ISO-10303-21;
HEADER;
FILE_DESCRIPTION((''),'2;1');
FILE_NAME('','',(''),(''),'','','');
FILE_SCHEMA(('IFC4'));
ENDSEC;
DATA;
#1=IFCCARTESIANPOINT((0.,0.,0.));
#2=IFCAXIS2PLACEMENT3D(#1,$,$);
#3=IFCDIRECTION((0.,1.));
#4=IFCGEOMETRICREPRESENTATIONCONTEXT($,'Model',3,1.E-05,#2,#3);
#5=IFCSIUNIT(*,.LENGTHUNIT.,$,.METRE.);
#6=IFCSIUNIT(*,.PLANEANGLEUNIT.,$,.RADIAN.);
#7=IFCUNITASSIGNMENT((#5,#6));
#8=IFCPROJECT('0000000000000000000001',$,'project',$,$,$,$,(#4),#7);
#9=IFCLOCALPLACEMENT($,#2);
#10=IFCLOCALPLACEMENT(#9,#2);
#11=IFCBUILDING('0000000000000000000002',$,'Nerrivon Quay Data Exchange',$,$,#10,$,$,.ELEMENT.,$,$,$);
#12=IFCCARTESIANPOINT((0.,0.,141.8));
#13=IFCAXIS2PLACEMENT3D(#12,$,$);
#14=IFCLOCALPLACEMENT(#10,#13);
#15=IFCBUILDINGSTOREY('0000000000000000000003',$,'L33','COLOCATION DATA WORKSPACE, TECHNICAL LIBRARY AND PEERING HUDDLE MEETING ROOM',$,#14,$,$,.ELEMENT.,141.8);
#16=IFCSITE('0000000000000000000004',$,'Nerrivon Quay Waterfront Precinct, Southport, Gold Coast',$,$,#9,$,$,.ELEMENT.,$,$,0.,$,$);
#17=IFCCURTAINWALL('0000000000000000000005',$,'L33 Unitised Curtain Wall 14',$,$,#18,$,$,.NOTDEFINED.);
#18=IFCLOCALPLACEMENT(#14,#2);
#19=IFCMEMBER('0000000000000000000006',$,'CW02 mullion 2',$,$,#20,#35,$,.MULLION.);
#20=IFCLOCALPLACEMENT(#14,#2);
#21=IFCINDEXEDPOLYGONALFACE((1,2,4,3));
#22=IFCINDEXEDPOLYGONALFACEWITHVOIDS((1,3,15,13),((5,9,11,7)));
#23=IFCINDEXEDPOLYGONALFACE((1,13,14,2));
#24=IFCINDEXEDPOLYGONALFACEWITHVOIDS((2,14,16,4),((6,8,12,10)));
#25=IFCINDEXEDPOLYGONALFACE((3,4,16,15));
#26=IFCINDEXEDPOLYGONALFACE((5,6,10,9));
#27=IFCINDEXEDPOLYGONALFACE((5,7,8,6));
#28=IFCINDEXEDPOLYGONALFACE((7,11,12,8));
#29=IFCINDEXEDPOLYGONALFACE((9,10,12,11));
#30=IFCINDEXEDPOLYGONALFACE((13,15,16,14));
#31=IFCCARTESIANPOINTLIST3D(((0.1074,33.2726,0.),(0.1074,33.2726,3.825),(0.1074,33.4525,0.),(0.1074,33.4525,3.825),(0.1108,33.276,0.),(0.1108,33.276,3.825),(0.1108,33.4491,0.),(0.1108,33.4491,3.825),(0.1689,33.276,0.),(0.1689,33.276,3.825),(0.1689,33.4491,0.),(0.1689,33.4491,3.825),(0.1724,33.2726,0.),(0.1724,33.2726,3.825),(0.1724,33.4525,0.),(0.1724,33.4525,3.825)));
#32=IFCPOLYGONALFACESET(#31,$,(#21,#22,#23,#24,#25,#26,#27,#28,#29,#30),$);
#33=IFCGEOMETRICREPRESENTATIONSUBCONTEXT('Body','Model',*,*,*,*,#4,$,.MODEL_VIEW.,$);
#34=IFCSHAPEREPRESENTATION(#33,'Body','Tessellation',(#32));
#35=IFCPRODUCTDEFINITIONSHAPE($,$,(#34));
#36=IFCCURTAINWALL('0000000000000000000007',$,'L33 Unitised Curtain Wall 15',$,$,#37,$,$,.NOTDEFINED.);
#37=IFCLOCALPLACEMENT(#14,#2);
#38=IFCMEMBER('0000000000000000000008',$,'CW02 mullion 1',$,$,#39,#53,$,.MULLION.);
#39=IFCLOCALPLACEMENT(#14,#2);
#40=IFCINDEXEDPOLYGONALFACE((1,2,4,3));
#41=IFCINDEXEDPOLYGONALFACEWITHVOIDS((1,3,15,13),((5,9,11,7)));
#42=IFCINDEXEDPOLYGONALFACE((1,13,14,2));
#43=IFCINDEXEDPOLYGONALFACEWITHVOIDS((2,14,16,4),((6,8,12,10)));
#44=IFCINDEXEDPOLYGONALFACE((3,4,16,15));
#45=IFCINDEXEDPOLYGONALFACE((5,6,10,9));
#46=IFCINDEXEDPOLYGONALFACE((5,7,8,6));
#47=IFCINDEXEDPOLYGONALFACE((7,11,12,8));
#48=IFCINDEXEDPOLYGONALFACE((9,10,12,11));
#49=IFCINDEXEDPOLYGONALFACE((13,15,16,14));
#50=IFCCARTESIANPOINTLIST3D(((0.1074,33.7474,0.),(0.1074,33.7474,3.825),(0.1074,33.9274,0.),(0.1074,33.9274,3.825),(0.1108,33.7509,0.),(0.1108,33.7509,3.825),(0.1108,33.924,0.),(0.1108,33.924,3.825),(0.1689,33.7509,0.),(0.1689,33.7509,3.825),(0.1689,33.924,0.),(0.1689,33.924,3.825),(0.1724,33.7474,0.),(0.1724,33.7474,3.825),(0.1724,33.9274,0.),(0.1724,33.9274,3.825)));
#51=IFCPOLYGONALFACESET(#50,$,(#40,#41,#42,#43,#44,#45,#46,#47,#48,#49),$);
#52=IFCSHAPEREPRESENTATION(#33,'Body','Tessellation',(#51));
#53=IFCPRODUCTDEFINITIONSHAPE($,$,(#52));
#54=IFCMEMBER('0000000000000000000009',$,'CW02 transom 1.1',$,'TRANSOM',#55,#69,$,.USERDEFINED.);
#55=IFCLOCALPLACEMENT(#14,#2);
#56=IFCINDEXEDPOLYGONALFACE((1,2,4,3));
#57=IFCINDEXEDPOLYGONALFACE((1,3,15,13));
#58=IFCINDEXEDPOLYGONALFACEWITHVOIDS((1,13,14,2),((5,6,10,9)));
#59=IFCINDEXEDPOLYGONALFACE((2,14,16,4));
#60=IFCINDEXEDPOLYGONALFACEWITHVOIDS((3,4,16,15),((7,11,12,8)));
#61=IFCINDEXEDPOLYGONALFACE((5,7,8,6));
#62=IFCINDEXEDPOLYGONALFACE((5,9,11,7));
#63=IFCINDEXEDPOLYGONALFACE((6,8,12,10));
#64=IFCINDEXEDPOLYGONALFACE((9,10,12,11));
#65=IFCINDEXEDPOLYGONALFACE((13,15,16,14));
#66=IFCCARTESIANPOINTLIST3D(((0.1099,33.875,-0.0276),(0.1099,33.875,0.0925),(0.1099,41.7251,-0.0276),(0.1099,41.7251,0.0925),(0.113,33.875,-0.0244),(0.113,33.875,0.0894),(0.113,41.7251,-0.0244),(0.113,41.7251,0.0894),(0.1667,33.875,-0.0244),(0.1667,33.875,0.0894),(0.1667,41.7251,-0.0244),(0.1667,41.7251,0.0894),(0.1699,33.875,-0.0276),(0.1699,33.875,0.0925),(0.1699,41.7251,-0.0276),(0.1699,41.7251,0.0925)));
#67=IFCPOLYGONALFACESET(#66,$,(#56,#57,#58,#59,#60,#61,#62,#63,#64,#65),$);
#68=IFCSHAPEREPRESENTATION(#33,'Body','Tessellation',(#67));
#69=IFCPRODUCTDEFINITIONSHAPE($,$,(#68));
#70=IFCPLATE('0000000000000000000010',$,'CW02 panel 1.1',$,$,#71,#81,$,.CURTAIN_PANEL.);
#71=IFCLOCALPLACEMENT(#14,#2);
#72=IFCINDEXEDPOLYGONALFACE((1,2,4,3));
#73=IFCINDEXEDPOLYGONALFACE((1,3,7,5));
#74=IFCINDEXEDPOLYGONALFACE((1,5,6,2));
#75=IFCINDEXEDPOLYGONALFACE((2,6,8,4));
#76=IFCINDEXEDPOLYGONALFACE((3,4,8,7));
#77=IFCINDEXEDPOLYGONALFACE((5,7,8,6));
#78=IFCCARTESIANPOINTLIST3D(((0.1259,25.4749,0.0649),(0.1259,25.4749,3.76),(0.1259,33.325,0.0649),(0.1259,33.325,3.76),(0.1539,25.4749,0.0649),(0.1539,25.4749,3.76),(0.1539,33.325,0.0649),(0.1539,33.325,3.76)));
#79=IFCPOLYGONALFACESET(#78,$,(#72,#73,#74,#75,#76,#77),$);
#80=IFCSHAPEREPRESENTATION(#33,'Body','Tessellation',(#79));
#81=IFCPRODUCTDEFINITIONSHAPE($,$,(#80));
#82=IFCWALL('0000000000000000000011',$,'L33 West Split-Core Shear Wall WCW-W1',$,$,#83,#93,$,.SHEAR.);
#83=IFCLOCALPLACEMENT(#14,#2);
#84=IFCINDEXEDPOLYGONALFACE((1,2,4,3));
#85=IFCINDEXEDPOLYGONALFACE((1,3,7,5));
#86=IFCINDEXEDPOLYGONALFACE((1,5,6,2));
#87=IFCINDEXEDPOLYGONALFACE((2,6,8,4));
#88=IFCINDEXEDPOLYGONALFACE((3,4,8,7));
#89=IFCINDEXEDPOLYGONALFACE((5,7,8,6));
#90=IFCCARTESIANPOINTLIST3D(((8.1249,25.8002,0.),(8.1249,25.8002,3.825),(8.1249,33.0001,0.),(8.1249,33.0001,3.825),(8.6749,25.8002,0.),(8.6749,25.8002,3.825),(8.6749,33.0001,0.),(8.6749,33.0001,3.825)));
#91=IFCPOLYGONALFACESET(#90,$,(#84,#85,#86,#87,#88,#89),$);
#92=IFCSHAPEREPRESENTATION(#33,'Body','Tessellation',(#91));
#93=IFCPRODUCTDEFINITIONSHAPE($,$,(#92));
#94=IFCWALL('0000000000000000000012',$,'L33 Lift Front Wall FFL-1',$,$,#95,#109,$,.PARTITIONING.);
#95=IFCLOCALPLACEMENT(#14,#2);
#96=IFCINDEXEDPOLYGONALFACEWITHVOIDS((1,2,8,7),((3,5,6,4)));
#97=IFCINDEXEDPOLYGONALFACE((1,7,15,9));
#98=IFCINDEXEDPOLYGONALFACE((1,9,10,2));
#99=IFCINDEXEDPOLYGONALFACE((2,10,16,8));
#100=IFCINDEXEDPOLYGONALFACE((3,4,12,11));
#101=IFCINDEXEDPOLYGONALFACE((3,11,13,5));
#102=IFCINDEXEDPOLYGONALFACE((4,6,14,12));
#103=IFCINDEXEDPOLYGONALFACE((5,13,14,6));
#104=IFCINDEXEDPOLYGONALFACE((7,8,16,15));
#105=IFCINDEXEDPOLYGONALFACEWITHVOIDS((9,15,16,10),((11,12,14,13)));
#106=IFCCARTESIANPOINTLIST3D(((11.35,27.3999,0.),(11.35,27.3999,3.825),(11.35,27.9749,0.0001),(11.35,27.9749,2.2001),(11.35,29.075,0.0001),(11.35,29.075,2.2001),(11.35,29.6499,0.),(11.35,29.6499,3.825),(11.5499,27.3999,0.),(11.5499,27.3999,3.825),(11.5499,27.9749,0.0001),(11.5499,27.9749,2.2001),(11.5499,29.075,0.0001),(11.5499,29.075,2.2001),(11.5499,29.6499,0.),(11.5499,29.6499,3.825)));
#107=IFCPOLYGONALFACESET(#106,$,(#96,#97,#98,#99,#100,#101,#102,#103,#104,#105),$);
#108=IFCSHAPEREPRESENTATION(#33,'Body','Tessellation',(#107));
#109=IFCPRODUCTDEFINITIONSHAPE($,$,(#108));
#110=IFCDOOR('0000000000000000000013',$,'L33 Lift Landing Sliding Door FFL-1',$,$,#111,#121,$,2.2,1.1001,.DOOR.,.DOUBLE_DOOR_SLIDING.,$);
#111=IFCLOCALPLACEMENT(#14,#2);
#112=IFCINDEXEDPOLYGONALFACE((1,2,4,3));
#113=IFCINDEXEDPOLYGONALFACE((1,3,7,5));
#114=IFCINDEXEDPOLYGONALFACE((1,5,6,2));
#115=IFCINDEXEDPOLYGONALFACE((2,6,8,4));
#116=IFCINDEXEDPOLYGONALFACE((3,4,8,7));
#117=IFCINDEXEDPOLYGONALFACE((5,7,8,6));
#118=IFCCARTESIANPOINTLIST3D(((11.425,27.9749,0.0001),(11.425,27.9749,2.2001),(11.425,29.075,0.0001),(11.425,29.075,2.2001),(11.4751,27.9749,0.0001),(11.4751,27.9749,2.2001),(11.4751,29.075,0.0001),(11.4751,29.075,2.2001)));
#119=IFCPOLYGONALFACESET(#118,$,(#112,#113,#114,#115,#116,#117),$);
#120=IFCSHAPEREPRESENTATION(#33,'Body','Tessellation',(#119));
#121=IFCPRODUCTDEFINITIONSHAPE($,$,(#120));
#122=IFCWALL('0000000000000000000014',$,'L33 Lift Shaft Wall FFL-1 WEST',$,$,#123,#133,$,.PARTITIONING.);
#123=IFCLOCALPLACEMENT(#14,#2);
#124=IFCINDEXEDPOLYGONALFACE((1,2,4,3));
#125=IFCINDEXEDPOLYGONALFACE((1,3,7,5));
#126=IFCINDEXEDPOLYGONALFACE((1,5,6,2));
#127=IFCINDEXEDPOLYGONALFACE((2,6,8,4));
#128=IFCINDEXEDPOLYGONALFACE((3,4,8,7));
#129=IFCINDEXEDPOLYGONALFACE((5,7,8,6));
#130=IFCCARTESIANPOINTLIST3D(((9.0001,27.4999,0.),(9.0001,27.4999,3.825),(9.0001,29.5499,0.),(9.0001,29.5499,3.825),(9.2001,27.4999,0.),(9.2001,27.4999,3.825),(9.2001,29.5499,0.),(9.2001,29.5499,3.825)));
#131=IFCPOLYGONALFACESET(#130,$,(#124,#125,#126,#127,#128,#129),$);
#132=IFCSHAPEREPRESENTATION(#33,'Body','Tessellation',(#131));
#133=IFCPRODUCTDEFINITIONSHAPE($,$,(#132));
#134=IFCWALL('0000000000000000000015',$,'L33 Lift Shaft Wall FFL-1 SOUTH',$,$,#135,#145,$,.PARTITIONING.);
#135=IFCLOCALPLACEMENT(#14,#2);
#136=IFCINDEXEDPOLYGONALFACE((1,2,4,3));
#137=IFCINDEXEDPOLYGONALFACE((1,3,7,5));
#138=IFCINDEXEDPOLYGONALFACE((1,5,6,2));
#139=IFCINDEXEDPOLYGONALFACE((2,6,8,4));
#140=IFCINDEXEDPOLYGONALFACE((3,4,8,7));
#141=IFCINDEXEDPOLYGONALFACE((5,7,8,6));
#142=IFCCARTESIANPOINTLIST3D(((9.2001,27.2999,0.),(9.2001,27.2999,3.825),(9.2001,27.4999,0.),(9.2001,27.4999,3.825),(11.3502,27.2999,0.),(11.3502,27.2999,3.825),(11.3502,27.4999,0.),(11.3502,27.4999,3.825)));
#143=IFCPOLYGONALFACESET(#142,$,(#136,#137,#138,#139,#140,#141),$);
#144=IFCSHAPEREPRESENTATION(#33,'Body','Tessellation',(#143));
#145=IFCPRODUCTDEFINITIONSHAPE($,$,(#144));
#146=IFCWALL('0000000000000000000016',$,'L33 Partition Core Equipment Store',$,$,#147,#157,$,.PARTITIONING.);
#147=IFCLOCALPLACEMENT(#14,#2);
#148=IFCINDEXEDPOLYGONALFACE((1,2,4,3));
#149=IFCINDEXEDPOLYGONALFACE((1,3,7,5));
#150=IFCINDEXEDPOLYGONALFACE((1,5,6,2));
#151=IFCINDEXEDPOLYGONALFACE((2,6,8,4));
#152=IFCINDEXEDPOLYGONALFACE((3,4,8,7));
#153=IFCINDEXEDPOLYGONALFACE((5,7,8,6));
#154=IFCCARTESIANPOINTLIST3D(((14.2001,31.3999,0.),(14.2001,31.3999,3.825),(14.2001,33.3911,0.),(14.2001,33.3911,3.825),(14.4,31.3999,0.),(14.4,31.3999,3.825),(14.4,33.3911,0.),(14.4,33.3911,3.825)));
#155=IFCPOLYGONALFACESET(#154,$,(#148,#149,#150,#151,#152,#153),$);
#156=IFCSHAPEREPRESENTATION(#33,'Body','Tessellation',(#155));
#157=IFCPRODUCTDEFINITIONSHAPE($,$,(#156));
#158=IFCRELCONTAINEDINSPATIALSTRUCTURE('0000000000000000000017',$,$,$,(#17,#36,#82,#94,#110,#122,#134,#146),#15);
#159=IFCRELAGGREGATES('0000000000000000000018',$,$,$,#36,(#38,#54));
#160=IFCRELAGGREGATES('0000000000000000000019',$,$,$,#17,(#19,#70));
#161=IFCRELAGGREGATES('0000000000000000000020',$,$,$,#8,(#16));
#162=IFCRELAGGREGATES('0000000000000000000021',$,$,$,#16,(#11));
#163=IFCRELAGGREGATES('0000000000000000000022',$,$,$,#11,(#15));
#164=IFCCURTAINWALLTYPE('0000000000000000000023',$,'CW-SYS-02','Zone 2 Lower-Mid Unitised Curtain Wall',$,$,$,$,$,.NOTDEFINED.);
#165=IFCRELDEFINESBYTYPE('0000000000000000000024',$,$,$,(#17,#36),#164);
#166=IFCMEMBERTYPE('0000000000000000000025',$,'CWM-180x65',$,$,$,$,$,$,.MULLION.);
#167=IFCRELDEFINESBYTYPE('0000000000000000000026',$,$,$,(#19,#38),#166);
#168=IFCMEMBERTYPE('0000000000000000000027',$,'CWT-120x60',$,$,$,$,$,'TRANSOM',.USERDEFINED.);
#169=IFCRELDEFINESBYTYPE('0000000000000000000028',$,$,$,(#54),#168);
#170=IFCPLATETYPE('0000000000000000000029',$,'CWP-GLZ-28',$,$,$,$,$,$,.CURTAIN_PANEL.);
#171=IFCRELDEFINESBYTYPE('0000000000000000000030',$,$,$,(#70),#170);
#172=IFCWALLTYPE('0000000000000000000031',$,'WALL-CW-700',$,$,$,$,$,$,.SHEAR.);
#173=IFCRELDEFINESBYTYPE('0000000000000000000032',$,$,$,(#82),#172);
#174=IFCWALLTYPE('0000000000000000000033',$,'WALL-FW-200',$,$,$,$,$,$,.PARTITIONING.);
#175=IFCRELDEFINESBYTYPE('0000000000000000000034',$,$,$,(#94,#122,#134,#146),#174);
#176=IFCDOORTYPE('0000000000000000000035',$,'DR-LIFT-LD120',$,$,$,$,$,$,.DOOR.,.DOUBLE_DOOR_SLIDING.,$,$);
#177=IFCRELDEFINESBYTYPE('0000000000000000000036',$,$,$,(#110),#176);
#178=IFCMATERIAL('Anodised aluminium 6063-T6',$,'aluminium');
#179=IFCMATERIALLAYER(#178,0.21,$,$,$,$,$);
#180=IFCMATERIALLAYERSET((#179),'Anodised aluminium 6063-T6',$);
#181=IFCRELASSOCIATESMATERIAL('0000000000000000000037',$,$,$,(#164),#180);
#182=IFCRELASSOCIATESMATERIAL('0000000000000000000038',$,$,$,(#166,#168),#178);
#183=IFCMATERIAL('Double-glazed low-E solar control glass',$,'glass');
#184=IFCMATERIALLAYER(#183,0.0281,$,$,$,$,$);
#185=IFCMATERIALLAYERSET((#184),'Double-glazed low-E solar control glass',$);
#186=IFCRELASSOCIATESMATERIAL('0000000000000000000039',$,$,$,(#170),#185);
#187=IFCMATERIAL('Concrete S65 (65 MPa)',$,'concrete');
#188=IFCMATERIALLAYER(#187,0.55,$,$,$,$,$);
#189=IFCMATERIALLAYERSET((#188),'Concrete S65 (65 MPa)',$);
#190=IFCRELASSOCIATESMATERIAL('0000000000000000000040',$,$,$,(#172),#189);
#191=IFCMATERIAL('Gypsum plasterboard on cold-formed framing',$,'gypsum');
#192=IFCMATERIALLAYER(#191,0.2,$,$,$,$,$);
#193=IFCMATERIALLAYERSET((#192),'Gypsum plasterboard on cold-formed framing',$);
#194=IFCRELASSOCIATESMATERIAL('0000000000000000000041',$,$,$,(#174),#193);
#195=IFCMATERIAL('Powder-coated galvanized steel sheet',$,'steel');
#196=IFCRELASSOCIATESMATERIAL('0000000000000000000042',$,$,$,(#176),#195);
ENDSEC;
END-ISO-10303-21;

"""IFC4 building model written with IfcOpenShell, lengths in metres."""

from ifc_helpers import new_model, si_unit, direction, frame, frame_2d, origin, origin_2d, place, context, subcontext, project, spatial, rectangle, hollow_rectangle, extrude, material, layer, layer_set, material_profile, profile_set, type_object, element, fill, aggregate, save


model = new_model("IFC4")

# Units and contexts
model_context = context("Model", 3, precision=1e-05, world=origin(), true_north=direction((0.0, 1.0)))
body_context = subcontext(model_context, "Body", "Model", "MODEL_VIEW")
ifc_project = project(units=[si_unit("LENGTHUNIT", "METRE"), si_unit("PLANEANGLEUNIT", "RADIAN")], contexts=[model_context])

# Site, building, storey
site_placement = place(None, origin())
site = spatial("IfcSite", under=ifc_project, at=site_placement, Name="Nerrivon Quay Waterfront Precinct, Southport, Gold Coast", CompositionType="ELEMENT", RefElevation=0.0)
building_placement = place(site_placement, origin())
building = spatial("IfcBuilding", under=site, at=building_placement, Name="Nerrivon Quay Data Exchange", CompositionType="ELEMENT")
storey_placement = place(building_placement, frame((0.0, 0.0, 141.8)))
storey = spatial("IfcBuildingStorey", under=building, at=storey_placement, Name="L33", Description="COLOCATION DATA WORKSPACE, TECHNICAL LIBRARY AND PEERING HUDDLE MEETING ROOM", CompositionType="ELEMENT", Elevation=141.8)

# Shared definitions
ifc_material_1 = material(Name="Concrete S65 (65 MPa)", Category="concrete")

# Curtain wall, member
ifc_material_2 = material(Name="Anodised aluminium 6063-T6", Category="aluminium")
ifc_layer_1 = layer(ifc_material_2, 0.21)
ifc_layer_set_1 = layer_set([ifc_layer_1], Name="Anodised aluminium 6063-T6")
curtain_wall_type = type_object("IfcCurtainWallType", Name="CW-SYS-02", Description="Zone 2 Lower-Mid Unitised Curtain Wall", PredefinedType="NOTDEFINED", material=ifc_layer_set_1)
curtain_wall_1_placement = place(storey_placement, origin())
curtain_wall_1 = element("IfcCurtainWall", 1, at=curtain_wall_1_placement, inside=storey, type_object=curtain_wall_type, Name="L33 Unitised Curtain Wall 14", PredefinedType="NOTDEFINED")
ifc_material_profile_1 = material_profile(ifc_material_2, hollow_rectangle(XDim=0.0649, YDim=0.1799, WallThickness=0.0034, at=origin_2d()), Name="ALU-MULL-180x65")
ifc_profile_set_1 = profile_set([ifc_material_profile_1], Name="Anodised aluminium 6063-T6")
member_type_1 = type_object("IfcMemberType", Name="CWM-180x65", PredefinedType="MULLION", material=ifc_profile_set_1)
member_1_placement = place(storey_placement, frame((0.1399, 33.3625, 0.0), z_axis=(0.0, 0.0, 1.0), x_axis=(-1.0, 0.0, 0.0)))
member_1 = element("IfcMember", 2, at=member_1_placement, type_object=member_type_1, Name="CW02 mullion 2", PredefinedType="MULLION", context=body_context, shape_type="SweptSolid", body=[
    extrude(hollow_rectangle(XDim=0.0649, YDim=0.1799, WallThickness=0.0034, at=origin_2d()), origin(), (0.0, 0.0, 1.0), 3.825),
])

# Curtain wall, members
curtain_wall_2_placement = place(storey_placement, origin())
curtain_wall_2 = element("IfcCurtainWall", 3, at=curtain_wall_2_placement, inside=storey, type_object=curtain_wall_type, Name="L33 Unitised Curtain Wall 15", PredefinedType="NOTDEFINED")
member_2_placement = place(storey_placement, frame((0.1399, 33.8374, 0.0), z_axis=(0.0, 0.0, 1.0), x_axis=(-1.0, 0.0, 0.0)))
member_2 = element("IfcMember", 4, at=member_2_placement, type_object=member_type_1, Name="CW02 mullion 1", PredefinedType="MULLION", context=body_context, shape_type="SweptSolid", body=[
    extrude(hollow_rectangle(XDim=0.0649, YDim=0.1799, WallThickness=0.0034, at=origin_2d()), origin(), (0.0, 0.0, 1.0), 3.825),
])
ifc_material_profile_2 = material_profile(ifc_material_2, hollow_rectangle(XDim=0.0601, YDim=0.1201, WallThickness=0.0032, at=origin_2d()), Name="ALU-TRAN-120x60")
ifc_profile_set_2 = profile_set([ifc_material_profile_2], Name="Anodised aluminium 6063-T6")
member_type_2 = type_object("IfcMemberType", Name="CWT-120x60", ElementType="TRANSOM", PredefinedType="USERDEFINED", material=ifc_profile_set_2)
member_3_placement = place(storey_placement, frame((0.1399, 33.875, 0.0325), z_axis=(0.0, 1.0, 0.0), x_axis=(-1.0, 0.0, 0.0)))
member_3 = element("IfcMember", 5, at=member_3_placement, type_object=member_type_2, Name="CW02 transom 1.1", ObjectType="TRANSOM", PredefinedType="USERDEFINED", context=body_context, shape_type="SweptSolid", body=[
    extrude(hollow_rectangle(XDim=0.0601, YDim=0.1201, WallThickness=0.0032, at=origin_2d()), origin(), (0.0, 0.0, 1.0), 7.8501),
])
aggregate(curtain_wall_2, [member_2, member_3])

# Plate
ifc_material_3 = material(Name="Double-glazed low-E solar control glass", Category="glass")
ifc_layer_2 = layer(ifc_material_3, 0.0281)
ifc_layer_set_2 = layer_set([ifc_layer_2], Name="Double-glazed low-E solar control glass")
plate_type = type_object("IfcPlateType", Name="CWP-GLZ-28", PredefinedType="CURTAIN_PANEL", material=ifc_layer_set_2)
plate_placement = place(storey_placement, frame((0.1399, 29.3999, 0.0649), z_axis=(0.0, 0.0, 1.0), x_axis=(0.0, 1.0, 0.0)))
plate = element("IfcPlate", 6, at=plate_placement, type_object=plate_type, Name="CW02 panel 1.1", PredefinedType="CURTAIN_PANEL", context=body_context, shape_type="SweptSolid", body=[
    extrude(rectangle(XDim=7.8501, YDim=0.0281, at=origin_2d()), origin(), (0.0, 0.0, 1.0), 3.6951),
])
aggregate(curtain_wall_1, [member_1, plate])

# Wall
ifc_layer_3 = layer(ifc_material_1, 0.55)
ifc_layer_set_3 = layer_set([ifc_layer_3], Name="Concrete S65 (65 MPa)")
wall_type_1 = type_object("IfcWallType", Name="WALL-CW-700", PredefinedType="SHEAR", material=ifc_layer_set_3)
wall_1_placement = place(storey_placement, frame((8.3999, 25.8, 0.0), z_axis=(0.0, 0.0, 1.0), x_axis=(0.0, 1.0, 0.0)))
element("IfcWall", 7, at=wall_1_placement, inside=storey, type_object=wall_type_1, Name="L33 West Split-Core Shear Wall WCW-W1", PredefinedType="SHEAR", context=body_context, shape_type="SweptSolid", body=[
    extrude(rectangle(XDim=7.2, YDim=0.55, at=frame_2d((3.6001, 0.0))), origin(), (0.0, 0.0, 1.0), 3.825),
])

# Wall, opening, door
ifc_material_4 = material(Name="Gypsum plasterboard on cold-formed framing", Category="gypsum")
ifc_layer_4 = layer(ifc_material_4, 0.2)
ifc_layer_set_4 = layer_set([ifc_layer_4], Name="Gypsum plasterboard on cold-formed framing")
wall_type_2 = type_object("IfcWallType", Name="WALL-FW-200", PredefinedType="PARTITIONING", material=ifc_layer_set_4)
wall_2_placement = place(storey_placement, frame((11.45, 27.3999, 0.0), z_axis=(0.0, 0.0, 1.0), x_axis=(0.0, 1.0, 0.0)))
wall_2 = element("IfcWall", 8, at=wall_2_placement, inside=storey, type_object=wall_type_2, Name="L33 Lift Front Wall FFL-1", PredefinedType="PARTITIONING", context=body_context, shape_type="SweptSolid", body=[
    extrude(rectangle(XDim=2.25, YDim=0.2, at=frame_2d((1.125, 0.0))), origin(), (0.0, 0.0, 1.0), 3.825),
])
opening_1_placement = place(wall_2_placement, frame((0.575, 0.0, 0.0)))
opening_1 = element("IfcOpeningElement", 9, at=opening_1_placement, cuts=wall_2, PredefinedType="OPENING", context=body_context, shape_type="SweptSolid", body=[
    extrude(rectangle(XDim=1.1001, YDim=2.2, at=frame_2d((0.55, 1.1001))), frame((0.0, 0.1099, 0.0), z_axis=(0.0, -1.0, 0.0), x_axis=(1.0, 0.0, 0.0)), (0.0, 0.0, 1.0), 0.22),
])
ifc_material_5 = material(Name="Powder-coated galvanized steel sheet", Category="steel")
door_type_1 = type_object("IfcDoorType", Name="DR-LIFT-LD120", OperationType="DOUBLE_DOOR_SLIDING", PredefinedType="DOOR", material=ifc_material_5)
door_1_placement = place(opening_1_placement, origin())
door_1 = element("IfcDoor", 10, at=door_1_placement, inside=storey, type_object=door_type_1, Name="L33 Lift Landing Sliding Door FFL-1", OperationType="DOUBLE_DOOR_SLIDING", OverallHeight=2.2, OverallWidth=1.1001, PredefinedType="DOOR", context=body_context, shape_type="SweptSolid", body=[
    extrude(rectangle(XDim=1.1001, YDim=2.2, at=frame_2d((0.55, 1.1001))), frame((0.0, 0.0249, 0.0), z_axis=(0.0, -1.0, 0.0), x_axis=(1.0, 0.0, 0.0)), (0.0, 0.0, 1.0), 0.05),
])
fill(opening_1, door_1)

# Walls
wall_3_placement = place(storey_placement, frame((9.1001, 27.5, 0.0), z_axis=(0.0, 0.0, 1.0), x_axis=(0.0, 1.0, 0.0)))
element("IfcWall", 11, at=wall_3_placement, inside=storey, type_object=wall_type_2, Name="L33 Lift Shaft Wall FFL-1 WEST", PredefinedType="PARTITIONING", context=body_context, shape_type="SweptSolid", body=[
    extrude(rectangle(XDim=2.05, YDim=0.2, at=frame_2d((1.0249, 0.0))), origin(), (0.0, 0.0, 1.0), 3.825),
])
wall_4_placement = place(storey_placement, frame((9.2, 27.3999, 0.0), z_axis=(0.0, 0.0, 1.0), x_axis=(1.0, 0.0, 0.0)))
element("IfcWall", 12, at=wall_4_placement, inside=storey, type_object=wall_type_2, Name="L33 Lift Shaft Wall FFL-1 SOUTH", PredefinedType="PARTITIONING", context=body_context, shape_type="SweptSolid", body=[
    extrude(rectangle(XDim=2.1501, YDim=0.2, at=frame_2d((1.0752, 0.0))), origin(), (0.0, 0.0, 1.0), 3.825),
])
wall_5_placement = place(storey_placement, frame((14.3, 33.3911, 0.0), z_axis=(0.0, 0.0, 1.0), x_axis=(0.0, -1.0, 0.0)))
element("IfcWall", 13, at=wall_5_placement, inside=storey, type_object=wall_type_2, Name="L33 Partition Core Equipment Store", PredefinedType="PARTITIONING", context=body_context, shape_type="SweptSolid", body=[
    extrude(rectangle(XDim=1.9912, YDim=0.2, at=frame_2d((0.9956, 0.0))), origin(), (0.0, 0.0, 1.0), 3.825),
])

save(model, "model.ifc")
